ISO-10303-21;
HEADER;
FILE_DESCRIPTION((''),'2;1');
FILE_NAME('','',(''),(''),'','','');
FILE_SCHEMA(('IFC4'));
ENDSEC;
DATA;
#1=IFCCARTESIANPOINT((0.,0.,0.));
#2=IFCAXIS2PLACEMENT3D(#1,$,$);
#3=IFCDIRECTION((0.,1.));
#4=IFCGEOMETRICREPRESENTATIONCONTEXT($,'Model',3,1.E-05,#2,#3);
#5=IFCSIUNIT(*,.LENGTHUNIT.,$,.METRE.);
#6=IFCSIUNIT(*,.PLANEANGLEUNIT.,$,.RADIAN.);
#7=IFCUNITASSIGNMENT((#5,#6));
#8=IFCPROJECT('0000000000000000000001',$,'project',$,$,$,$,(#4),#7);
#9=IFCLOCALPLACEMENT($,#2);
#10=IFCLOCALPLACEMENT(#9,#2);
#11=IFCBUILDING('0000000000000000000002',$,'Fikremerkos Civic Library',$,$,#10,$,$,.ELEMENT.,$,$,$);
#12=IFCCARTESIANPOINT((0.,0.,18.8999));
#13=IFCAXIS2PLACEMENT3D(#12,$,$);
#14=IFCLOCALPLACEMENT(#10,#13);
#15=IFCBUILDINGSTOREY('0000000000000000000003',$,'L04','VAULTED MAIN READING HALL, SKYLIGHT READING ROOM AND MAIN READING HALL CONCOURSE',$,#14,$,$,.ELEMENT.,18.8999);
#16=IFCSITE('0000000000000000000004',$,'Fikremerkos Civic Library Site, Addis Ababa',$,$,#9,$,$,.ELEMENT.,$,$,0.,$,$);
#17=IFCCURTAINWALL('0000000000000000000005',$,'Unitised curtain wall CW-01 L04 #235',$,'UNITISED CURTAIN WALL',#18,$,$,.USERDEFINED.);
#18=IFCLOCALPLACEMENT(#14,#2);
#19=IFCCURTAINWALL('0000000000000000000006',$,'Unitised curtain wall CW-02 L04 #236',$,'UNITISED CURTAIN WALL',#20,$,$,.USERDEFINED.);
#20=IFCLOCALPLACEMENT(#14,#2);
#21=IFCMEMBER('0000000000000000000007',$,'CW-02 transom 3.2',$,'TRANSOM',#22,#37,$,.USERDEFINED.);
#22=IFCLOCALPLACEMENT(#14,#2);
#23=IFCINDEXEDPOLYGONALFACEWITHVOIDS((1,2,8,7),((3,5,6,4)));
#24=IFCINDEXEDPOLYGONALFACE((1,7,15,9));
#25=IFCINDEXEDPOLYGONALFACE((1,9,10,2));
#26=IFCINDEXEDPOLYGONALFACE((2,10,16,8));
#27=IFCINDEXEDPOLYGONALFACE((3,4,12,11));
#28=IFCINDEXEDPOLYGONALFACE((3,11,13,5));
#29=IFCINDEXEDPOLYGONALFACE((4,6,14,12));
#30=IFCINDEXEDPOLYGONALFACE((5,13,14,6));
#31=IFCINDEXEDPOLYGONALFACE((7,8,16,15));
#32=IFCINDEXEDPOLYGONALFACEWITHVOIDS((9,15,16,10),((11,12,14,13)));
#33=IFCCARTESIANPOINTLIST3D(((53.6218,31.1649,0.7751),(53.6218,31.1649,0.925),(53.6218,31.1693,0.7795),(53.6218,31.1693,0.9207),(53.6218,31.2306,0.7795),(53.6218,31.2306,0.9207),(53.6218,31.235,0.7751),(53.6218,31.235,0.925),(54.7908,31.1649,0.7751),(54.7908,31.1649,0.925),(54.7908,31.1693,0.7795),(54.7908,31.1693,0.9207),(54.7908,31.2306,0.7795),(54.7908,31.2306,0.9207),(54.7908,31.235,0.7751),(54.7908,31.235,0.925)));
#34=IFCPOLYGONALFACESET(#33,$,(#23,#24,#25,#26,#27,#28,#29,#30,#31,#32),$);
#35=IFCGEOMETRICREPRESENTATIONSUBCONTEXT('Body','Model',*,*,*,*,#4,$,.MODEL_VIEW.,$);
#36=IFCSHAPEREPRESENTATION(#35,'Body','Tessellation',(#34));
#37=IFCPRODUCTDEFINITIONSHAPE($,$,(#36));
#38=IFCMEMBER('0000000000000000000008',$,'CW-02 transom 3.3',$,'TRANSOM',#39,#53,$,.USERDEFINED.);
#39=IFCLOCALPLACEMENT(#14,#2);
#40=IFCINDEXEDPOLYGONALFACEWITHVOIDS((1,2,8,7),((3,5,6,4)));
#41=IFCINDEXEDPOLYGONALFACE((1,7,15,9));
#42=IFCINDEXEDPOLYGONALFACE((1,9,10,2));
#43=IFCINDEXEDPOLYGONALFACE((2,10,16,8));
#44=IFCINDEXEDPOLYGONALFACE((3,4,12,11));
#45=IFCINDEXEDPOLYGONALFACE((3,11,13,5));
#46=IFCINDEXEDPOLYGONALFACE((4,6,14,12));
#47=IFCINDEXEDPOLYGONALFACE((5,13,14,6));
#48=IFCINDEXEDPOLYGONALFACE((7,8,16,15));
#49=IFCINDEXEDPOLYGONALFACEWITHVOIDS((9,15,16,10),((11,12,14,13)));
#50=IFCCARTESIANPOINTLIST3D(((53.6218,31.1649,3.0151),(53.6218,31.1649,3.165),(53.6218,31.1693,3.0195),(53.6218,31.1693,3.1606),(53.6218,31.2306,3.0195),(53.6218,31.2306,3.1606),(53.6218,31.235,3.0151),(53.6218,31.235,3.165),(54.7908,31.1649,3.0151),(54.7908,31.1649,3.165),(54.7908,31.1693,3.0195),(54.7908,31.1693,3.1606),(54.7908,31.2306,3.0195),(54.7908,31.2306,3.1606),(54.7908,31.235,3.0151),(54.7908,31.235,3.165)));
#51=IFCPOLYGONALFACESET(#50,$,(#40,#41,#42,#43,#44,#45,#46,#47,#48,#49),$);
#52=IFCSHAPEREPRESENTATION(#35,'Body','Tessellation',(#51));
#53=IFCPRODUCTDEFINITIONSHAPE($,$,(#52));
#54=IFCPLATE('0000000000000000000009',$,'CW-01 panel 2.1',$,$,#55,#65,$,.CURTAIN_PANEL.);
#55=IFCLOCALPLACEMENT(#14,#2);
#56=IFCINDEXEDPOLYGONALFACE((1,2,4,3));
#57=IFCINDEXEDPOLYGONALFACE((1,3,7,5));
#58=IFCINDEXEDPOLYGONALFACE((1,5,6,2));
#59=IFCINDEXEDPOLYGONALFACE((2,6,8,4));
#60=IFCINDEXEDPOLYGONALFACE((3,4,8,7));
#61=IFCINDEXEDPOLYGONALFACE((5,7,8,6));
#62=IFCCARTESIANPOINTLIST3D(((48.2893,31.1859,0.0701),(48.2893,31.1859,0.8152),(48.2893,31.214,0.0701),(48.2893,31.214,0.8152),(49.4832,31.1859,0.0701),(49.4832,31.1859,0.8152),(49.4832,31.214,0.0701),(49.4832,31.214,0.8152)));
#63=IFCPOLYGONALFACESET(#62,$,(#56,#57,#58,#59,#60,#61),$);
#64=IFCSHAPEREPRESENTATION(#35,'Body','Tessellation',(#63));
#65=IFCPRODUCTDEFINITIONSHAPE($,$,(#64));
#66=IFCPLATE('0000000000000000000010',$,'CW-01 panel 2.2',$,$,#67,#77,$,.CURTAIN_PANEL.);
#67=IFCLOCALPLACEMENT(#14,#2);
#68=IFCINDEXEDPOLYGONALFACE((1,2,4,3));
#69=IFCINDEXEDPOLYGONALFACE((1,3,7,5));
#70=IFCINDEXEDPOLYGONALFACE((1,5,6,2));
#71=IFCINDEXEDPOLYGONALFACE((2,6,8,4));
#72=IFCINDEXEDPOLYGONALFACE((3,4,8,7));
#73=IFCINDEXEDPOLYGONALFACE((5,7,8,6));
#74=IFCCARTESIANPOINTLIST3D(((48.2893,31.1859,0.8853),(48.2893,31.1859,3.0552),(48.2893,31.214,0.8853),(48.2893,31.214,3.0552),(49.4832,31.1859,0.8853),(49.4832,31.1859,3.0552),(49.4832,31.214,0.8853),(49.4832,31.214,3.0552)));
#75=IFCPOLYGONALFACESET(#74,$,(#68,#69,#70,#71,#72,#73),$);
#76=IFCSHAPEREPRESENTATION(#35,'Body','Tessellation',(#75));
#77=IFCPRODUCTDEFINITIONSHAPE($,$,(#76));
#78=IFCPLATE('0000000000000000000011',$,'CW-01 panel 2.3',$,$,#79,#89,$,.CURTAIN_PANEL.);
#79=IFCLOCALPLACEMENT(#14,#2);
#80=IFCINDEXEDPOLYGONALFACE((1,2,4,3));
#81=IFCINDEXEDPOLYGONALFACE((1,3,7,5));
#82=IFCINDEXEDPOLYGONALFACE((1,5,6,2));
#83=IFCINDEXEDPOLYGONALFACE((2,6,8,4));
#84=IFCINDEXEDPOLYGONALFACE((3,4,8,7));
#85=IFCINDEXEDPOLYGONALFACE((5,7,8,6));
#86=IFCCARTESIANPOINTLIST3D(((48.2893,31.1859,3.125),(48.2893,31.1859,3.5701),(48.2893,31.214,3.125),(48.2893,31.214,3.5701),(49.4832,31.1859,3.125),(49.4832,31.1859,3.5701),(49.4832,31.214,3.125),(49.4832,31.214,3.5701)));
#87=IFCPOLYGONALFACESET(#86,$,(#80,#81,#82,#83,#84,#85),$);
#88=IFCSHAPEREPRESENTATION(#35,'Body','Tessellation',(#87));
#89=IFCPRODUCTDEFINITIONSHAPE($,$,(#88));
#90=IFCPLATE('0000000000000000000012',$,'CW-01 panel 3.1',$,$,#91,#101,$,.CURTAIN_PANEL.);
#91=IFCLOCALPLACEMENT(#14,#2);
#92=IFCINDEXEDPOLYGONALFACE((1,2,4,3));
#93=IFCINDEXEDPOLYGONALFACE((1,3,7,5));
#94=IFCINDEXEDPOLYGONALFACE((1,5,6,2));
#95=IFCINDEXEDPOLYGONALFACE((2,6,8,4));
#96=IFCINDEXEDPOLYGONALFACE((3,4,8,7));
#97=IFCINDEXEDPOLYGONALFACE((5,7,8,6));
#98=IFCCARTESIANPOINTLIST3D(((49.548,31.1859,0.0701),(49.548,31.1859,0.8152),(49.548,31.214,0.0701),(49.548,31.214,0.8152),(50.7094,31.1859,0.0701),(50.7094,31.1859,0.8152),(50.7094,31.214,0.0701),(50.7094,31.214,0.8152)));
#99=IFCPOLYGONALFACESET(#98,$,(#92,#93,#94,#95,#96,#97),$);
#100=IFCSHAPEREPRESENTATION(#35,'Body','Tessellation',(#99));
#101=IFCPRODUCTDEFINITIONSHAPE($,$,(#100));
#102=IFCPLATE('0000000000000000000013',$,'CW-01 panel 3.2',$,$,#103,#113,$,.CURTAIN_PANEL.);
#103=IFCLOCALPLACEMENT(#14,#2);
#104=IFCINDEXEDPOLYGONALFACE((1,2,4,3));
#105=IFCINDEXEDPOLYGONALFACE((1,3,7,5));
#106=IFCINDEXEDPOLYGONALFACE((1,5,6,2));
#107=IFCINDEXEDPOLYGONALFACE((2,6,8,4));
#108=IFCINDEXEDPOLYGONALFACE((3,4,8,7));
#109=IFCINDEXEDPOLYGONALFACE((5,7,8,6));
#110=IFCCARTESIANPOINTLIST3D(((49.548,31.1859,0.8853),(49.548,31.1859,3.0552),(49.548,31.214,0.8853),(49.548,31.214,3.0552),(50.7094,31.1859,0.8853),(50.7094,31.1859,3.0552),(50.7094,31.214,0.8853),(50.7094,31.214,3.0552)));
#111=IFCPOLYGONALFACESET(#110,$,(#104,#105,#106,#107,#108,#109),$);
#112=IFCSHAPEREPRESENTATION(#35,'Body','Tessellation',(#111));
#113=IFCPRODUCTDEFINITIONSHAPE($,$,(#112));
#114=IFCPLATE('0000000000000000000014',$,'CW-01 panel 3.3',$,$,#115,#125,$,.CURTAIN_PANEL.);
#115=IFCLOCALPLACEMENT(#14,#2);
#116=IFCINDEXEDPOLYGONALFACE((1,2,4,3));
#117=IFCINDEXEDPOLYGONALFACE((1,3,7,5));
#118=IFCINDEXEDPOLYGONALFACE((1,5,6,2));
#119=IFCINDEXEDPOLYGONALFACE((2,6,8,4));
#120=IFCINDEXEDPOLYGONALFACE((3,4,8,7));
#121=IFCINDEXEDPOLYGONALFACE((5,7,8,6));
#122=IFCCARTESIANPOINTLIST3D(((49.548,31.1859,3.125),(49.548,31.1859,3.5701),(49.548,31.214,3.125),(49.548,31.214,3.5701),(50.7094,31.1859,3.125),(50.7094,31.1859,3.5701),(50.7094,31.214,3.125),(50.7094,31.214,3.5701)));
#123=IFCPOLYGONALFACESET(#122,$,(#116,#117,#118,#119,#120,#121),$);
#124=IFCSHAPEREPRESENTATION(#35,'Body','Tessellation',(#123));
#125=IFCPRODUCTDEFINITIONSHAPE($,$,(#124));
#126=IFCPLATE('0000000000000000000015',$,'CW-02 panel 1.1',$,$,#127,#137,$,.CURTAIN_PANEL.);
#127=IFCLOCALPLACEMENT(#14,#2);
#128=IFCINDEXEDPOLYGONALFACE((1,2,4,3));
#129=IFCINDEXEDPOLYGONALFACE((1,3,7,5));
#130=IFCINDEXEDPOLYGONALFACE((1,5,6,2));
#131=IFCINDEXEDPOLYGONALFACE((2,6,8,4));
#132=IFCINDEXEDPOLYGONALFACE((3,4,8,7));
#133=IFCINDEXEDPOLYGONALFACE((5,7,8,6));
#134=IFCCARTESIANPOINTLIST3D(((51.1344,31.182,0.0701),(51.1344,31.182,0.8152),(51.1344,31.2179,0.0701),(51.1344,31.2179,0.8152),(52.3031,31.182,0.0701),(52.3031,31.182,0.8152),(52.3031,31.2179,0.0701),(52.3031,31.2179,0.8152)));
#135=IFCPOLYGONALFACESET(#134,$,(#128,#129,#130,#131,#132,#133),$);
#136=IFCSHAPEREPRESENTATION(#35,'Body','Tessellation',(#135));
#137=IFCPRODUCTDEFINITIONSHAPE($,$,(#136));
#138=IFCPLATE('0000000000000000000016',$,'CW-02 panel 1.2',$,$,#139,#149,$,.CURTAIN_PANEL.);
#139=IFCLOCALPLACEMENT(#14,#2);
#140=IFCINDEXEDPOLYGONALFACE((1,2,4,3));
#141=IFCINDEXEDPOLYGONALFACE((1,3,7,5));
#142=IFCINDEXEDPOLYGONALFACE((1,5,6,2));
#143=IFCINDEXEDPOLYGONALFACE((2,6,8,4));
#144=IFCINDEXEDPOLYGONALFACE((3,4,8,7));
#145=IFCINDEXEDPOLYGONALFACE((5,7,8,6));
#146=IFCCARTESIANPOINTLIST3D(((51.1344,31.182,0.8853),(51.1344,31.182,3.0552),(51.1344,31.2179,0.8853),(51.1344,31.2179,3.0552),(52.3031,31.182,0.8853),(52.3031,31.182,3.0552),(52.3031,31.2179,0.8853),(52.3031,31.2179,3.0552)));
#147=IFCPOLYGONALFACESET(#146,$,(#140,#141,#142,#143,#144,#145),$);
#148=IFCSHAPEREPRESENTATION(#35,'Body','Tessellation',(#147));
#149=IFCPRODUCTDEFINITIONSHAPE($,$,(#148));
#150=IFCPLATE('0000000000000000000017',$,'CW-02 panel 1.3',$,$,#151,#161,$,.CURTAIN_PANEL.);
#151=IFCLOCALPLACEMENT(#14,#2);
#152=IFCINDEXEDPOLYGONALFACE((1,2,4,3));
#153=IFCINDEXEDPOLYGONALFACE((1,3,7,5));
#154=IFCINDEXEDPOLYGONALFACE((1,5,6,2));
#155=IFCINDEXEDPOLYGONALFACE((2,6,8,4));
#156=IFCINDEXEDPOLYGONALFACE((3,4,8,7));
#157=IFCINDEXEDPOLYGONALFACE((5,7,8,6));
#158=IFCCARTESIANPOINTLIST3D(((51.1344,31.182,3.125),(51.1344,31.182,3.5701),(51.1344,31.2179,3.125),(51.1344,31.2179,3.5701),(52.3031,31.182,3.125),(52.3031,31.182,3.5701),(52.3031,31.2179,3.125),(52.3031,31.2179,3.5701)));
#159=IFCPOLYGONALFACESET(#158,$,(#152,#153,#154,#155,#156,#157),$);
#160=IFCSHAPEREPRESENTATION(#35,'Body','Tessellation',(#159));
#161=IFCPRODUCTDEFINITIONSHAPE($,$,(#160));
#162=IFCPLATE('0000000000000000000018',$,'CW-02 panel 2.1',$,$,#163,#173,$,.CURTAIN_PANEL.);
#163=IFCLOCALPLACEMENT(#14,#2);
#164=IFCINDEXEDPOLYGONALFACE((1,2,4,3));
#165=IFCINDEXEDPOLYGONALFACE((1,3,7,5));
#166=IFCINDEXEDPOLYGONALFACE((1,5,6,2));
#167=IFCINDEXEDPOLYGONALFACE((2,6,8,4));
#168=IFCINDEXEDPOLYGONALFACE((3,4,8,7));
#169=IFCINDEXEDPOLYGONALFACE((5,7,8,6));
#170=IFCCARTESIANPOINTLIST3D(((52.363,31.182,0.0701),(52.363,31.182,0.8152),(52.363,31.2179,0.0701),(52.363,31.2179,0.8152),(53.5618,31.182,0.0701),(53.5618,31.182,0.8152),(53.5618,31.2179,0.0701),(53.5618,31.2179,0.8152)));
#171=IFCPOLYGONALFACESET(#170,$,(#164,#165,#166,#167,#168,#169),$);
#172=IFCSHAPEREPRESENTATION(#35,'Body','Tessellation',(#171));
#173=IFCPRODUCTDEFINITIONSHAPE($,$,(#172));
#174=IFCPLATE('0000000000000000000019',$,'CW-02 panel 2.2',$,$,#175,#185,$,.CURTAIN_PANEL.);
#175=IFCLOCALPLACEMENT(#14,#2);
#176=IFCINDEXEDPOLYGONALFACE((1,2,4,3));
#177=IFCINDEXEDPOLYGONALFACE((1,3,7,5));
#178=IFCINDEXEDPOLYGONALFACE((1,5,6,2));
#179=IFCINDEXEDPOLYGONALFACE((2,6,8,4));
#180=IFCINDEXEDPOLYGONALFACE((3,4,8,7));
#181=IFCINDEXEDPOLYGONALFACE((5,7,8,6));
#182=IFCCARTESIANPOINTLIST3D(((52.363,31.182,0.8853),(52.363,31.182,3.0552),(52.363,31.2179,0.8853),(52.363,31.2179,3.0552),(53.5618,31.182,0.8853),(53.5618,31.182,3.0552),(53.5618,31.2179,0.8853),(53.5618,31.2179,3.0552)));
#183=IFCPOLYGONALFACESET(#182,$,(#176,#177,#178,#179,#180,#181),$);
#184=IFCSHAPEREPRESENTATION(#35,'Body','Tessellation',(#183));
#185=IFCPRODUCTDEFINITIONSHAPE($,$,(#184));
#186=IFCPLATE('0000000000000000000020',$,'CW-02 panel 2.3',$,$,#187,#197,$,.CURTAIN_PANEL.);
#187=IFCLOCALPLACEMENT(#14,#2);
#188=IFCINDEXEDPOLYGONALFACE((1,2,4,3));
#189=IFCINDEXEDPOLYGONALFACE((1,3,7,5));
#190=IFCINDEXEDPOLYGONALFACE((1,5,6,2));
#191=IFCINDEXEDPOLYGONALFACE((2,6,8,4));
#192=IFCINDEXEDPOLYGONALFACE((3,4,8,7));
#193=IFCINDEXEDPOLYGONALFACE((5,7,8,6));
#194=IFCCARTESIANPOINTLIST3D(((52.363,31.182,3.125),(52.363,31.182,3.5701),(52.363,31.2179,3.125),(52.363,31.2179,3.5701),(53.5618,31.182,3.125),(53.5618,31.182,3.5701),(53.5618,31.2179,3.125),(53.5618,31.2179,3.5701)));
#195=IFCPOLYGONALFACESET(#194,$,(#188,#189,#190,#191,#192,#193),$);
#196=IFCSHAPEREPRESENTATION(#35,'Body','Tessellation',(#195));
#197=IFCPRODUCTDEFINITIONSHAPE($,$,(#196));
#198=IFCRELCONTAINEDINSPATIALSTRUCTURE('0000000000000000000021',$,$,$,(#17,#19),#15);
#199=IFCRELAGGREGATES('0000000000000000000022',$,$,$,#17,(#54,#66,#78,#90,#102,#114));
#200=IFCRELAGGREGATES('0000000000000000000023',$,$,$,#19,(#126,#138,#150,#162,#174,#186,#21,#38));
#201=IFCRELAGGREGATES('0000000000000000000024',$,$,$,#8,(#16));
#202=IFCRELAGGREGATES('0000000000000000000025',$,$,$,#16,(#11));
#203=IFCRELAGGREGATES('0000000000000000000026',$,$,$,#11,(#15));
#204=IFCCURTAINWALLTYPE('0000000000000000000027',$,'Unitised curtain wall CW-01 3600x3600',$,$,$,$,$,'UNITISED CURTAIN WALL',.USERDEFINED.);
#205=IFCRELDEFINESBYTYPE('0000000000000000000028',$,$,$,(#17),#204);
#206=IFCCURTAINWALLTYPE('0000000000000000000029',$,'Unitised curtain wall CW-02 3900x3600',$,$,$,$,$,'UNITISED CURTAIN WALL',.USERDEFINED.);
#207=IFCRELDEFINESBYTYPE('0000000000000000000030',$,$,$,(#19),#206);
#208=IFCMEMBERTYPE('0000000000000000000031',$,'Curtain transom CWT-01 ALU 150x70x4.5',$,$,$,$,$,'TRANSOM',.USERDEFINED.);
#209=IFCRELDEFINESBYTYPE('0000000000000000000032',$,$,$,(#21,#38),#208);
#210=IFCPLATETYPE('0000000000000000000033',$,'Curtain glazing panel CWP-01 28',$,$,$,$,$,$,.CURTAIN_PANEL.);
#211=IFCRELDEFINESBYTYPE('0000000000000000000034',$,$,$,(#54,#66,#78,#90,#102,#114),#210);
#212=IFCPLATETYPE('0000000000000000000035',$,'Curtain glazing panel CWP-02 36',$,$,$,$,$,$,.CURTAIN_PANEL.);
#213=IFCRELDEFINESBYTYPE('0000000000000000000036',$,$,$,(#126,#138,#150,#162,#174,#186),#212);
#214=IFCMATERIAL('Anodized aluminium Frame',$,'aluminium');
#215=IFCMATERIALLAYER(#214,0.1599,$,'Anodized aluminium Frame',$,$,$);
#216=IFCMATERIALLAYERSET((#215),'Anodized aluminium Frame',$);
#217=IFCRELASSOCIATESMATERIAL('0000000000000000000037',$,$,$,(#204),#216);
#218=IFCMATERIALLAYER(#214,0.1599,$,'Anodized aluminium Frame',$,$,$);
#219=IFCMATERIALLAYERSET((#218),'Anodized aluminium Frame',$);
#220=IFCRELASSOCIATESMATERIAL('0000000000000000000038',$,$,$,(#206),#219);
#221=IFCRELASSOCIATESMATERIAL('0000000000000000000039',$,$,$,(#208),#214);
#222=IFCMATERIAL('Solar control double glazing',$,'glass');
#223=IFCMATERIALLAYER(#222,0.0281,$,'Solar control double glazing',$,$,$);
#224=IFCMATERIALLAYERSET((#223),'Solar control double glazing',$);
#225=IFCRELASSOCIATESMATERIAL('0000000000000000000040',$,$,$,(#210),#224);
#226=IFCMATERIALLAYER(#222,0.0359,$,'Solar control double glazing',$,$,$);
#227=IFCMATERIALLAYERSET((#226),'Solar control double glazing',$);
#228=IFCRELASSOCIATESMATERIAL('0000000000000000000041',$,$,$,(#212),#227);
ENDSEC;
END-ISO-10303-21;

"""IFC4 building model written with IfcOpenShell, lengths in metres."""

from ifc_helpers import new_model, si_unit, direction, frame, origin, origin_2d, place, context, subcontext, project, spatial, rectangle, hollow_rectangle, extrude, material, layer, layer_set, material_profile, profile_set, type_object, element, aggregate, save


model = new_model("IFC4")

# Units and contexts
model_context = context("Model", 3, precision=1e-05, world=origin(), true_north=direction((0.0, 1.0)))
body_context = subcontext(model_context, "Body", "Model", "MODEL_VIEW")
ifc_project = project(units=[si_unit("LENGTHUNIT", "METRE"), si_unit("PLANEANGLEUNIT", "RADIAN")], contexts=[model_context])

# Site, building, storey
site_placement = place(None, origin())
site = spatial("IfcSite", under=ifc_project, at=site_placement, Name="Fikremerkos Civic Library Site, Addis Ababa", CompositionType="ELEMENT", RefElevation=0.0)
building_placement = place(site_placement, origin())
building = spatial("IfcBuilding", under=site, at=building_placement, Name="Fikremerkos Civic Library", CompositionType="ELEMENT")
storey_placement = place(building_placement, frame((0.0, 0.0, 18.8999)))
storey = spatial("IfcBuildingStorey", under=building, at=storey_placement, Name="L04", Description="VAULTED MAIN READING HALL, SKYLIGHT READING ROOM AND MAIN READING HALL CONCOURSE", CompositionType="ELEMENT", Elevation=18.8999)

# Curtain walls
ifc_material_1 = material(Name="Anodized aluminium Frame", Category="aluminium")
ifc_layer_1 = layer(ifc_material_1, 0.1599, Name="Anodized aluminium Frame")
ifc_layer_set_1 = layer_set([ifc_layer_1], Name="Anodized aluminium Frame")
curtain_wall_type_1 = type_object("IfcCurtainWallType", Name="Unitised curtain wall CW-01 3600x3600", ElementType="UNITISED CURTAIN WALL", PredefinedType="USERDEFINED", material=ifc_layer_set_1)
curtain_wall_1_placement = place(storey_placement, origin())
curtain_wall_1 = element("IfcCurtainWall", 1, at=curtain_wall_1_placement, inside=storey, type_object=curtain_wall_type_1, Name="Unitised curtain wall CW-01 L04 #235", ObjectType="UNITISED CURTAIN WALL", PredefinedType="USERDEFINED")
ifc_layer_2 = layer(ifc_material_1, 0.1599, Name="Anodized aluminium Frame")
ifc_layer_set_2 = layer_set([ifc_layer_2], Name="Anodized aluminium Frame")
curtain_wall_type_2 = type_object("IfcCurtainWallType", Name="Unitised curtain wall CW-02 3900x3600", ElementType="UNITISED CURTAIN WALL", PredefinedType="USERDEFINED", material=ifc_layer_set_2)
curtain_wall_2_placement = place(storey_placement, origin())
curtain_wall_2 = element("IfcCurtainWall", 2, at=curtain_wall_2_placement, inside=storey, type_object=curtain_wall_type_2, Name="Unitised curtain wall CW-02 L04 #236", ObjectType="UNITISED CURTAIN WALL", PredefinedType="USERDEFINED")

# Members
ifc_material_profile_1 = material_profile(ifc_material_1, hollow_rectangle(XDim=0.0701, YDim=0.1499, WallThickness=0.0044, at=origin_2d()), Name="ALU 150x70x4.5")
ifc_profile_set_1 = profile_set([ifc_material_profile_1], Name="Anodized aluminium Frame")
member_type_1 = type_object("IfcMemberType", Name="Curtain transom CWT-01 ALU 150x70x4.5", ElementType="TRANSOM", PredefinedType="USERDEFINED", material=ifc_profile_set_1)
member_1_placement = place(storey_placement, frame((53.6218, 31.2, 0.8501), z_axis=(1.0, 0.0, 0.0), x_axis=(0.0, 1.0, 0.0)))
member_1 = element("IfcMember", 3, at=member_1_placement, type_object=member_type_1, Name="CW-02 transom 3.2", ObjectType="TRANSOM", PredefinedType="USERDEFINED", context=body_context, shape_type="SweptSolid", body=[
    extrude(hollow_rectangle(XDim=0.0701, YDim=0.1499, WallThickness=0.0044, at=origin_2d()), origin(), (0.0, 0.0, 1.0), 1.1689),
])
member_2_placement = place(storey_placement, frame((53.6218, 31.2, 3.0901), z_axis=(1.0, 0.0, 0.0), x_axis=(0.0, 1.0, 0.0)))
member_2 = element("IfcMember", 4, at=member_2_placement, type_object=member_type_1, Name="CW-02 transom 3.3", ObjectType="TRANSOM", PredefinedType="USERDEFINED", context=body_context, shape_type="SweptSolid", body=[
    extrude(hollow_rectangle(XDim=0.0701, YDim=0.1499, WallThickness=0.0044, at=origin_2d()), origin(), (0.0, 0.0, 1.0), 1.1689),
])

# Plates
ifc_material_2 = material(Name="Solar control double glazing", Category="glass")
ifc_layer_3 = layer(ifc_material_2, 0.0281, Name="Solar control double glazing")
ifc_layer_set_3 = layer_set([ifc_layer_3], Name="Solar control double glazing")
plate_type_1 = type_object("IfcPlateType", Name="Curtain glazing panel CWP-01 28", PredefinedType="CURTAIN_PANEL", material=ifc_layer_set_3)
plate_1_placement = place(storey_placement, frame((48.8862, 31.2, 0.0701), z_axis=(0.0, 0.0, 1.0), x_axis=(1.0, 0.0, 0.0)))
plate_1 = element("IfcPlate", 5, at=plate_1_placement, type_object=plate_type_1, Name="CW-01 panel 2.1", PredefinedType="CURTAIN_PANEL", context=body_context, shape_type="SweptSolid", body=[
    extrude(rectangle(XDim=1.1938, YDim=0.0281, at=origin_2d()), origin(), (0.0, 0.0, 1.0), 0.7451),
])
plate_2_placement = place(storey_placement, frame((48.8862, 31.2, 0.8853), z_axis=(0.0, 0.0, 1.0), x_axis=(1.0, 0.0, 0.0)))
plate_2 = element("IfcPlate", 6, at=plate_2_placement, type_object=plate_type_1, Name="CW-01 panel 2.2", PredefinedType="CURTAIN_PANEL", context=body_context, shape_type="SweptSolid", body=[
    extrude(rectangle(XDim=1.1938, YDim=0.0281, at=origin_2d()), origin(), (0.0, 0.0, 1.0), 2.1699),
])
plate_3_placement = place(storey_placement, frame((48.8862, 31.2, 3.125), z_axis=(0.0, 0.0, 1.0), x_axis=(1.0, 0.0, 0.0)))
plate_3 = element("IfcPlate", 7, at=plate_3_placement, type_object=plate_type_1, Name="CW-01 panel 2.3", PredefinedType="CURTAIN_PANEL", context=body_context, shape_type="SweptSolid", body=[
    extrude(rectangle(XDim=1.1938, YDim=0.0281, at=origin_2d()), origin(), (0.0, 0.0, 1.0), 0.4451),
])
plate_4_placement = place(storey_placement, frame((50.1287, 31.2, 0.0701), z_axis=(0.0, 0.0, 1.0), x_axis=(1.0, 0.0, 0.0)))
plate_4 = element("IfcPlate", 8, at=plate_4_placement, type_object=plate_type_1, Name="CW-01 panel 3.1", PredefinedType="CURTAIN_PANEL", context=body_context, shape_type="SweptSolid", body=[
    extrude(rectangle(XDim=1.1614, YDim=0.0281, at=origin_2d()), origin(), (0.0, 0.0, 1.0), 0.7451),
])
plate_5_placement = place(storey_placement, frame((50.1287, 31.2, 0.8853), z_axis=(0.0, 0.0, 1.0), x_axis=(1.0, 0.0, 0.0)))
plate_5 = element("IfcPlate", 9, at=plate_5_placement, type_object=plate_type_1, Name="CW-01 panel 3.2", PredefinedType="CURTAIN_PANEL", context=body_context, shape_type="SweptSolid", body=[
    extrude(rectangle(XDim=1.1614, YDim=0.0281, at=origin_2d()), origin(), (0.0, 0.0, 1.0), 2.1699),
])
plate_6_placement = place(storey_placement, frame((50.1287, 31.2, 3.125), z_axis=(0.0, 0.0, 1.0), x_axis=(1.0, 0.0, 0.0)))
plate_6 = element("IfcPlate", 10, at=plate_6_placement, type_object=plate_type_1, Name="CW-01 panel 3.3", PredefinedType="CURTAIN_PANEL", context=body_context, shape_type="SweptSolid", body=[
    extrude(rectangle(XDim=1.1614, YDim=0.0281, at=origin_2d()), origin(), (0.0, 0.0, 1.0), 0.4451),
])
aggregate(curtain_wall_1, [plate_1, plate_2, plate_3, plate_4, plate_5, plate_6])
ifc_layer_4 = layer(ifc_material_2, 0.0359, Name="Solar control double glazing")
ifc_layer_set_4 = layer_set([ifc_layer_4], Name="Solar control double glazing")
plate_type_2 = type_object("IfcPlateType", Name="Curtain glazing panel CWP-02 36", PredefinedType="CURTAIN_PANEL", material=ifc_layer_set_4)
plate_7_placement = place(storey_placement, frame((51.7188, 31.2, 0.0701), z_axis=(0.0, 0.0, 1.0), x_axis=(1.0, 0.0, 0.0)))
plate_7 = element("IfcPlate", 11, at=plate_7_placement, type_object=plate_type_2, Name="CW-02 panel 1.1", PredefinedType="CURTAIN_PANEL", context=body_context, shape_type="SweptSolid", body=[
    extrude(rectangle(XDim=1.1687, YDim=0.0359, at=origin_2d()), origin(), (0.0, 0.0, 1.0), 0.7451),
])
plate_8_placement = place(storey_placement, frame((51.7188, 31.2, 0.8853), z_axis=(0.0, 0.0, 1.0), x_axis=(1.0, 0.0, 0.0)))
plate_8 = element("IfcPlate", 12, at=plate_8_placement, type_object=plate_type_2, Name="CW-02 panel 1.2", PredefinedType="CURTAIN_PANEL", context=body_context, shape_type="SweptSolid", body=[
    extrude(rectangle(XDim=1.1687, YDim=0.0359, at=origin_2d()), origin(), (0.0, 0.0, 1.0), 2.1699),
])
plate_9_placement = place(storey_placement, frame((51.7188, 31.2, 3.125), z_axis=(0.0, 0.0, 1.0), x_axis=(1.0, 0.0, 0.0)))
plate_9 = element("IfcPlate", 13, at=plate_9_placement, type_object=plate_type_2, Name="CW-02 panel 1.3", PredefinedType="CURTAIN_PANEL", context=body_context, shape_type="SweptSolid", body=[
    extrude(rectangle(XDim=1.1687, YDim=0.0359, at=origin_2d()), origin(), (0.0, 0.0, 1.0), 0.4451),
])
plate_10_placement = place(storey_placement, frame((52.9624, 31.2, 0.0701), z_axis=(0.0, 0.0, 1.0), x_axis=(1.0, 0.0, 0.0)))
plate_10 = element("IfcPlate", 14, at=plate_10_placement, type_object=plate_type_2, Name="CW-02 panel 2.1", PredefinedType="CURTAIN_PANEL", context=body_context, shape_type="SweptSolid", body=[
    extrude(rectangle(XDim=1.1987, YDim=0.0359, at=origin_2d()), origin(), (0.0, 0.0, 1.0), 0.7451),
])
plate_11_placement = place(storey_placement, frame((52.9624, 31.2, 0.8853), z_axis=(0.0, 0.0, 1.0), x_axis=(1.0, 0.0, 0.0)))
plate_11 = element("IfcPlate", 15, at=plate_11_placement, type_object=plate_type_2, Name="CW-02 panel 2.2", PredefinedType="CURTAIN_PANEL", context=body_context, shape_type="SweptSolid", body=[
    extrude(rectangle(XDim=1.1987, YDim=0.0359, at=origin_2d()), origin(), (0.0, 0.0, 1.0), 2.1699),
])
plate_12_placement = place(storey_placement, frame((52.9624, 31.2, 3.125), z_axis=(0.0, 0.0, 1.0), x_axis=(1.0, 0.0, 0.0)))
plate_12 = element("IfcPlate", 16, at=plate_12_placement, type_object=plate_type_2, Name="CW-02 panel 2.3", PredefinedType="CURTAIN_PANEL", context=body_context, shape_type="SweptSolid", body=[
    extrude(rectangle(XDim=1.1987, YDim=0.0359, at=origin_2d()), origin(), (0.0, 0.0, 1.0), 0.4451),
])
aggregate(curtain_wall_2, [plate_7, plate_8, plate_9, plate_10, plate_11, plate_12, member_1, member_2])

save(model, "model.ifc")
